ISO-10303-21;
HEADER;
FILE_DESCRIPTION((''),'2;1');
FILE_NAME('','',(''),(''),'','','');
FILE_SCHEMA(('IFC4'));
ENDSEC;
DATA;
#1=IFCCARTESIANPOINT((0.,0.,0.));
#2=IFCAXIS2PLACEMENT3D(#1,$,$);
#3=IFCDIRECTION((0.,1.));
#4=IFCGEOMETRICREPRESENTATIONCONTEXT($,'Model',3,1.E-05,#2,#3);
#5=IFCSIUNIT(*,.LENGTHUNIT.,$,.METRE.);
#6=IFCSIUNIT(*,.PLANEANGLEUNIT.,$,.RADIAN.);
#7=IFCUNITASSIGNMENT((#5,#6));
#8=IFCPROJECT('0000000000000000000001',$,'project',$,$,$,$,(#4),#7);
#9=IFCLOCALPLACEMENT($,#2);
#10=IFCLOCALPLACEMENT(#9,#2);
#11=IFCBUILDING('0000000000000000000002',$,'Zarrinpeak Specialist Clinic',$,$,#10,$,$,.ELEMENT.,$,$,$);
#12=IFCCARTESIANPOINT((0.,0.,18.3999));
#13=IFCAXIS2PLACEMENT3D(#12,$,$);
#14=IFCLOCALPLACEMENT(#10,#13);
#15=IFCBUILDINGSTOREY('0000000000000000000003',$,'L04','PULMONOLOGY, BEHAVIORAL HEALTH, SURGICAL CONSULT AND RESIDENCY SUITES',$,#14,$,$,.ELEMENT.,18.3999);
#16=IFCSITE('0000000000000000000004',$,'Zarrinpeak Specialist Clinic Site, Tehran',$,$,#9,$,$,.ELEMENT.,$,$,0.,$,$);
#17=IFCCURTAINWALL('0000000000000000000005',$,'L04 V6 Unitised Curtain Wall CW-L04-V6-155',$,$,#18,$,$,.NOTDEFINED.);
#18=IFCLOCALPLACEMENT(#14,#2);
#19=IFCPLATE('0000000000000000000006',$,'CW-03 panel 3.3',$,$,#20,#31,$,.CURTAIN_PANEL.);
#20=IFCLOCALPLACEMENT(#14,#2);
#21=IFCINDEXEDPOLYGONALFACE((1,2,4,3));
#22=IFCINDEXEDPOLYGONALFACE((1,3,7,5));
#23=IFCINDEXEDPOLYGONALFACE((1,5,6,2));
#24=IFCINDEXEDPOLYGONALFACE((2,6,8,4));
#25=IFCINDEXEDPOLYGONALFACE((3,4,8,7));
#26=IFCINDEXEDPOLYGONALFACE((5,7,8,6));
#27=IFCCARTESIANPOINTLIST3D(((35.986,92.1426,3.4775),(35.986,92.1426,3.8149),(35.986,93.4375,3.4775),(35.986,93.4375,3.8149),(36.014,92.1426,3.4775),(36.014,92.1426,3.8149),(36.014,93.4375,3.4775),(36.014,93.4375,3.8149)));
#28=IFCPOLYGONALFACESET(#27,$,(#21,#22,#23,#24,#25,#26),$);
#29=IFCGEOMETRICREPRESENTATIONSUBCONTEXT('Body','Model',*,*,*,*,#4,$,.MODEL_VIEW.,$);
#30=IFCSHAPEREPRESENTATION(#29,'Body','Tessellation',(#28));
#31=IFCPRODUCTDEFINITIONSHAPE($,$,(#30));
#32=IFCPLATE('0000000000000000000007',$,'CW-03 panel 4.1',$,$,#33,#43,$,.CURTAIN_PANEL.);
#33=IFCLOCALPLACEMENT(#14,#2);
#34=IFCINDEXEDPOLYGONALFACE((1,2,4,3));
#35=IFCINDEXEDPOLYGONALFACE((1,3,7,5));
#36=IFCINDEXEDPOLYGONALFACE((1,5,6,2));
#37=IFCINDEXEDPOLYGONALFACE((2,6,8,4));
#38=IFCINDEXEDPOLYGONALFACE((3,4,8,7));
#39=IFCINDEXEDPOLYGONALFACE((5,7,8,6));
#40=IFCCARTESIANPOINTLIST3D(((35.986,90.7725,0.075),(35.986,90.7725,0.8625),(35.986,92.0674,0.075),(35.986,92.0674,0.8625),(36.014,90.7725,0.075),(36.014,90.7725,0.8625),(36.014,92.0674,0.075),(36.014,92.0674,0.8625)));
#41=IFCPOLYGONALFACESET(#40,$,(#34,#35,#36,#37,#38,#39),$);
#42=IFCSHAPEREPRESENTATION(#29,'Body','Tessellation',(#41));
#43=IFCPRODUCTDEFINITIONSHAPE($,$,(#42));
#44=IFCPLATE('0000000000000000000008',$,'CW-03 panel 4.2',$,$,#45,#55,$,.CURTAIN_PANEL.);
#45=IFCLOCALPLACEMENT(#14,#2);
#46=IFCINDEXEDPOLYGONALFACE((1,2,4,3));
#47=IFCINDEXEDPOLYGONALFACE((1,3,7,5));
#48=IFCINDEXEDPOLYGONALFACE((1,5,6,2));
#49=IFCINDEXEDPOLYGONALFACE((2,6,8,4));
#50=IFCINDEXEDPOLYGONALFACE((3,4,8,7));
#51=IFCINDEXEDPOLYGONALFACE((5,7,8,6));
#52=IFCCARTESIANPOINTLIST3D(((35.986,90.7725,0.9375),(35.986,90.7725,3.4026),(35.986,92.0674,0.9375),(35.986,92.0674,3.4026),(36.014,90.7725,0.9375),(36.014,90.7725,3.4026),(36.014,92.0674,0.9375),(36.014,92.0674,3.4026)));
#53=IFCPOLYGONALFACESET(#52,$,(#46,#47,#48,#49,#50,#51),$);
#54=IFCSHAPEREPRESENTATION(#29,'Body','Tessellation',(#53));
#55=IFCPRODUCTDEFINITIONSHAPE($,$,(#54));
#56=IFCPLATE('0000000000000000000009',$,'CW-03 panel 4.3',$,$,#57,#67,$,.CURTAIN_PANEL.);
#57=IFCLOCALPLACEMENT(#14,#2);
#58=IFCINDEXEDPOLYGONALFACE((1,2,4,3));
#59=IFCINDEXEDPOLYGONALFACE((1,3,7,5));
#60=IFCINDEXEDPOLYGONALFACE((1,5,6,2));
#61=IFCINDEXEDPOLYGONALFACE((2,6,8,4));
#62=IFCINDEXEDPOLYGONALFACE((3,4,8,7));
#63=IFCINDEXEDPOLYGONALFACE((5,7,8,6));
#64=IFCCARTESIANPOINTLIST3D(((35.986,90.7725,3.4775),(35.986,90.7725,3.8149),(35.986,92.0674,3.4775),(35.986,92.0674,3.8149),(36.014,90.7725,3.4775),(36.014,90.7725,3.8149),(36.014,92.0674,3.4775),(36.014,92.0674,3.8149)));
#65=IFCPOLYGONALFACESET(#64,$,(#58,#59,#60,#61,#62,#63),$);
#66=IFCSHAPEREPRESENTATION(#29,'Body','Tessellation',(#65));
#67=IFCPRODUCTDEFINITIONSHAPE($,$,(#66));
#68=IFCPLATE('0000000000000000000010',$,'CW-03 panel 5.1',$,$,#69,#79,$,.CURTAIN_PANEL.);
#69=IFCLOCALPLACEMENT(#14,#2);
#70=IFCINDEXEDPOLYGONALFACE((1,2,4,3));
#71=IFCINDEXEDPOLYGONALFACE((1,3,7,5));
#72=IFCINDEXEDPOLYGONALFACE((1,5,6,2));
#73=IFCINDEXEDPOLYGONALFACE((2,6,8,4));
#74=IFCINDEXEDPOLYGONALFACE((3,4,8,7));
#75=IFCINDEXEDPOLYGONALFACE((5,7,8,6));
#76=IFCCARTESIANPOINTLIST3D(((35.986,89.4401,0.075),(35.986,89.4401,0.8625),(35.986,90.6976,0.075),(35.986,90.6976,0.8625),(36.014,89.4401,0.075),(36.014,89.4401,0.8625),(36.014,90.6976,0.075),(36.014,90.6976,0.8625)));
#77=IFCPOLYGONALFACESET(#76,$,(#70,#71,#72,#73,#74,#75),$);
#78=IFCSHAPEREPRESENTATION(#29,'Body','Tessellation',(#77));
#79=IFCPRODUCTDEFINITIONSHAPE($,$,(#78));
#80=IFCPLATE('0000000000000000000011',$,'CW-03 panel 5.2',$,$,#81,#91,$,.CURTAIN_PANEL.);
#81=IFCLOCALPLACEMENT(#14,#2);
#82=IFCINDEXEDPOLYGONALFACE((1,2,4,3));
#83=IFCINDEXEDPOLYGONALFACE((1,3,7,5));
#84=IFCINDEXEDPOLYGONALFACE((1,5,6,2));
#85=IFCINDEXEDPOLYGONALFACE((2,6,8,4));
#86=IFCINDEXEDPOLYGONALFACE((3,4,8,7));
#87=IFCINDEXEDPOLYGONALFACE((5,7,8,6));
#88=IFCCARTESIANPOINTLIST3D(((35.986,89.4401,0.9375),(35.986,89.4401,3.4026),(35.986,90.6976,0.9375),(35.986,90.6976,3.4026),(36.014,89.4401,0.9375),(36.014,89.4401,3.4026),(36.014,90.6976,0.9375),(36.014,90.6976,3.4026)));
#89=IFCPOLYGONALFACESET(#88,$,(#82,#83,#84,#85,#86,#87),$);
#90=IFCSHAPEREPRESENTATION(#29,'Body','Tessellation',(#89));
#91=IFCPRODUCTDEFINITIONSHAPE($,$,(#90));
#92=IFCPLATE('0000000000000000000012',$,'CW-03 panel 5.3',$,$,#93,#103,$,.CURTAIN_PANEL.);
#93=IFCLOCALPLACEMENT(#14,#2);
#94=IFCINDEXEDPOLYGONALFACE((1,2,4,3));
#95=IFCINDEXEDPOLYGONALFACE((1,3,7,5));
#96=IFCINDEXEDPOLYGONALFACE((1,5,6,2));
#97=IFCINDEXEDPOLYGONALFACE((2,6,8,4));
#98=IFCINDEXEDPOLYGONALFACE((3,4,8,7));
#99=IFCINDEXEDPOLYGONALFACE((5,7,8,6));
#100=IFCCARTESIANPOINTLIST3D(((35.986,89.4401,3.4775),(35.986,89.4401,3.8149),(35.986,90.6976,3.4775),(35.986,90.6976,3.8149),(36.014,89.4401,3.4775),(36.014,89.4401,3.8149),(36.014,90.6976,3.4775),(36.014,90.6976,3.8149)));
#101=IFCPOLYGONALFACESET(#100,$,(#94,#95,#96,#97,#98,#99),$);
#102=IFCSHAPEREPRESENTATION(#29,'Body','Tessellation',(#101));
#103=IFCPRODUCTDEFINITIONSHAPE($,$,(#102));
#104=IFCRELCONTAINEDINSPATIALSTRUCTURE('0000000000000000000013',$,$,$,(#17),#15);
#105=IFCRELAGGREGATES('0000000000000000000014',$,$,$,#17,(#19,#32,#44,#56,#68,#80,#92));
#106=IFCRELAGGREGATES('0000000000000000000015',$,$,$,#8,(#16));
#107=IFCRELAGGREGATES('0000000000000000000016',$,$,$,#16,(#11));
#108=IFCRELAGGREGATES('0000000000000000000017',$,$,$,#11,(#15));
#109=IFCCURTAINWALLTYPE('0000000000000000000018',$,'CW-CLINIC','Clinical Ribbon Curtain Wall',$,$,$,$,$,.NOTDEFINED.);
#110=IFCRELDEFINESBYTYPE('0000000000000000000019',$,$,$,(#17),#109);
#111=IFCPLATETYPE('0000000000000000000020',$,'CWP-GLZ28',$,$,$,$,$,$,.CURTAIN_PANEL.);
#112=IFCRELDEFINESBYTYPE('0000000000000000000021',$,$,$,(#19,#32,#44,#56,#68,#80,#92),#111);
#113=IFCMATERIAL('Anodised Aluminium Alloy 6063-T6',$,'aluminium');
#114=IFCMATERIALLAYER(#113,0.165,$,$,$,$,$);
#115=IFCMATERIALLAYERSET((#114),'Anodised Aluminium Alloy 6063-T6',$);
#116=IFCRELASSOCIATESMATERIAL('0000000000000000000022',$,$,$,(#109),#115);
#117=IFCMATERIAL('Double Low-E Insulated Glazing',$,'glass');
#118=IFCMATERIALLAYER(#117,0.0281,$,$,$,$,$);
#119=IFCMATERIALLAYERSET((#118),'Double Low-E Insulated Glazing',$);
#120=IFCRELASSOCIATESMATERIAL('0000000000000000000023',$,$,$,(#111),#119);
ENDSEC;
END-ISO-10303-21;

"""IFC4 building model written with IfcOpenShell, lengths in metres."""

from ifc_helpers import new_model, si_unit, direction, frame, origin, origin_2d, place, context, subcontext, project, spatial, rectangle, extrude, material, layer, layer_set, type_object, element, aggregate, save


model = new_model("IFC4")

# Units and contexts
model_context = context("Model", 3, precision=1e-05, world=origin(), true_north=direction((0.0, 1.0)))
body_context = subcontext(model_context, "Body", "Model", "MODEL_VIEW")
ifc_project = project(units=[si_unit("LENGTHUNIT", "METRE"), si_unit("PLANEANGLEUNIT", "RADIAN")], contexts=[model_context])

# Site, building, storey
site_placement = place(None, origin())
site = spatial("IfcSite", under=ifc_project, at=site_placement, Name="Zarrinpeak Specialist Clinic Site, Tehran", CompositionType="ELEMENT", RefElevation=0.0)
building_placement = place(site_placement, origin())
building = spatial("IfcBuilding", under=site, at=building_placement, Name="Zarrinpeak Specialist Clinic", CompositionType="ELEMENT")
storey_placement = place(building_placement, frame((0.0, 0.0, 18.3999)))
storey = spatial("IfcBuildingStorey", under=building, at=storey_placement, Name="L04", Description="PULMONOLOGY, BEHAVIORAL HEALTH, SURGICAL CONSULT AND RESIDENCY SUITES", CompositionType="ELEMENT", Elevation=18.3999)

# Curtain wall, plates
ifc_material_1 = material(Name="Anodised Aluminium Alloy 6063-T6", Category="aluminium")
ifc_layer_1 = layer(ifc_material_1, 0.165)
ifc_layer_set_1 = layer_set([ifc_layer_1], Name="Anodised Aluminium Alloy 6063-T6")
curtain_wall_type = type_object("IfcCurtainWallType", Name="CW-CLINIC", Description="Clinical Ribbon Curtain Wall", PredefinedType="NOTDEFINED", material=ifc_layer_set_1)
curtain_wall_placement = place(storey_placement, origin())
curtain_wall = element("IfcCurtainWall", 1, at=curtain_wall_placement, inside=storey, type_object=curtain_wall_type, Name="L04 V6 Unitised Curtain Wall CW-L04-V6-155", PredefinedType="NOTDEFINED")
ifc_material_2 = material(Name="Double Low-E Insulated Glazing", Category="glass")
ifc_layer_2 = layer(ifc_material_2, 0.0281)
ifc_layer_set_2 = layer_set([ifc_layer_2], Name="Double Low-E Insulated Glazing")
plate_type = type_object("IfcPlateType", Name="CWP-GLZ28", PredefinedType="CURTAIN_PANEL", material=ifc_layer_set_2)
plate_1_placement = place(storey_placement, frame((36.0, 92.79, 3.4775), z_axis=(0.0, 0.0, 1.0), x_axis=(0.0, -1.0, 0.0)))
plate_1 = element("IfcPlate", 2, at=plate_1_placement, type_object=plate_type, Name="CW-03 panel 3.3", PredefinedType="CURTAIN_PANEL", context=body_context, shape_type="SweptSolid", body=[
    extrude(rectangle(XDim=1.2949, YDim=0.0281, at=origin_2d()), origin(), (0.0, 0.0, 1.0), 0.3374),
])
plate_2_placement = place(storey_placement, frame((36.0, 91.4199, 0.075), z_axis=(0.0, 0.0, 1.0), x_axis=(0.0, -1.0, 0.0)))
plate_2 = element("IfcPlate", 3, at=plate_2_placement, type_object=plate_type, Name="CW-03 panel 4.1", PredefinedType="CURTAIN_PANEL", context=body_context, shape_type="SweptSolid", body=[
    extrude(rectangle(XDim=1.2949, YDim=0.0281, at=origin_2d()), origin(), (0.0, 0.0, 1.0), 0.7876),
])
plate_3_placement = place(storey_placement, frame((36.0, 91.4199, 0.9375), z_axis=(0.0, 0.0, 1.0), x_axis=(0.0, -1.0, 0.0)))
plate_3 = element("IfcPlate", 4, at=plate_3_placement, type_object=plate_type, Name="CW-03 panel 4.2", PredefinedType="CURTAIN_PANEL", context=body_context, shape_type="SweptSolid", body=[
    extrude(rectangle(XDim=1.2949, YDim=0.0281, at=origin_2d()), origin(), (0.0, 0.0, 1.0), 2.4651),
])
plate_4_placement = place(storey_placement, frame((36.0, 91.4199, 3.4775), z_axis=(0.0, 0.0, 1.0), x_axis=(0.0, -1.0, 0.0)))
plate_4 = element("IfcPlate", 5, at=plate_4_placement, type_object=plate_type, Name="CW-03 panel 4.3", PredefinedType="CURTAIN_PANEL", context=body_context, shape_type="SweptSolid", body=[
    extrude(rectangle(XDim=1.2949, YDim=0.0281, at=origin_2d()), origin(), (0.0, 0.0, 1.0), 0.3374),
])
plate_5_placement = place(storey_placement, frame((36.0, 90.0688, 0.075), z_axis=(0.0, 0.0, 1.0), x_axis=(0.0, -1.0, 0.0)))
plate_5 = element("IfcPlate", 6, at=plate_5_placement, type_object=plate_type, Name="CW-03 panel 5.1", PredefinedType="CURTAIN_PANEL", context=body_context, shape_type="SweptSolid", body=[
    extrude(rectangle(XDim=1.2576, YDim=0.0281, at=origin_2d()), origin(), (0.0, 0.0, 1.0), 0.7876),
])
plate_6_placement = place(storey_placement, frame((36.0, 90.0688, 0.9375), z_axis=(0.0, 0.0, 1.0), x_axis=(0.0, -1.0, 0.0)))
plate_6 = element("IfcPlate", 7, at=plate_6_placement, type_object=plate_type, Name="CW-03 panel 5.2", PredefinedType="CURTAIN_PANEL", context=body_context, shape_type="SweptSolid", body=[
    extrude(rectangle(XDim=1.2576, YDim=0.0281, at=origin_2d()), origin(), (0.0, 0.0, 1.0), 2.4651),
])
plate_7_placement = place(storey_placement, frame((36.0, 90.0688, 3.4775), z_axis=(0.0, 0.0, 1.0), x_axis=(0.0, -1.0, 0.0)))
plate_7 = element("IfcPlate", 8, at=plate_7_placement, type_object=plate_type, Name="CW-03 panel 5.3", PredefinedType="CURTAIN_PANEL", context=body_context, shape_type="SweptSolid", body=[
    extrude(rectangle(XDim=1.2576, YDim=0.0281, at=origin_2d()), origin(), (0.0, 0.0, 1.0), 0.3374),
])
aggregate(curtain_wall, [plate_1, plate_2, plate_3, plate_4, plate_5, plate_6, plate_7])

save(model, "model.ifc")
